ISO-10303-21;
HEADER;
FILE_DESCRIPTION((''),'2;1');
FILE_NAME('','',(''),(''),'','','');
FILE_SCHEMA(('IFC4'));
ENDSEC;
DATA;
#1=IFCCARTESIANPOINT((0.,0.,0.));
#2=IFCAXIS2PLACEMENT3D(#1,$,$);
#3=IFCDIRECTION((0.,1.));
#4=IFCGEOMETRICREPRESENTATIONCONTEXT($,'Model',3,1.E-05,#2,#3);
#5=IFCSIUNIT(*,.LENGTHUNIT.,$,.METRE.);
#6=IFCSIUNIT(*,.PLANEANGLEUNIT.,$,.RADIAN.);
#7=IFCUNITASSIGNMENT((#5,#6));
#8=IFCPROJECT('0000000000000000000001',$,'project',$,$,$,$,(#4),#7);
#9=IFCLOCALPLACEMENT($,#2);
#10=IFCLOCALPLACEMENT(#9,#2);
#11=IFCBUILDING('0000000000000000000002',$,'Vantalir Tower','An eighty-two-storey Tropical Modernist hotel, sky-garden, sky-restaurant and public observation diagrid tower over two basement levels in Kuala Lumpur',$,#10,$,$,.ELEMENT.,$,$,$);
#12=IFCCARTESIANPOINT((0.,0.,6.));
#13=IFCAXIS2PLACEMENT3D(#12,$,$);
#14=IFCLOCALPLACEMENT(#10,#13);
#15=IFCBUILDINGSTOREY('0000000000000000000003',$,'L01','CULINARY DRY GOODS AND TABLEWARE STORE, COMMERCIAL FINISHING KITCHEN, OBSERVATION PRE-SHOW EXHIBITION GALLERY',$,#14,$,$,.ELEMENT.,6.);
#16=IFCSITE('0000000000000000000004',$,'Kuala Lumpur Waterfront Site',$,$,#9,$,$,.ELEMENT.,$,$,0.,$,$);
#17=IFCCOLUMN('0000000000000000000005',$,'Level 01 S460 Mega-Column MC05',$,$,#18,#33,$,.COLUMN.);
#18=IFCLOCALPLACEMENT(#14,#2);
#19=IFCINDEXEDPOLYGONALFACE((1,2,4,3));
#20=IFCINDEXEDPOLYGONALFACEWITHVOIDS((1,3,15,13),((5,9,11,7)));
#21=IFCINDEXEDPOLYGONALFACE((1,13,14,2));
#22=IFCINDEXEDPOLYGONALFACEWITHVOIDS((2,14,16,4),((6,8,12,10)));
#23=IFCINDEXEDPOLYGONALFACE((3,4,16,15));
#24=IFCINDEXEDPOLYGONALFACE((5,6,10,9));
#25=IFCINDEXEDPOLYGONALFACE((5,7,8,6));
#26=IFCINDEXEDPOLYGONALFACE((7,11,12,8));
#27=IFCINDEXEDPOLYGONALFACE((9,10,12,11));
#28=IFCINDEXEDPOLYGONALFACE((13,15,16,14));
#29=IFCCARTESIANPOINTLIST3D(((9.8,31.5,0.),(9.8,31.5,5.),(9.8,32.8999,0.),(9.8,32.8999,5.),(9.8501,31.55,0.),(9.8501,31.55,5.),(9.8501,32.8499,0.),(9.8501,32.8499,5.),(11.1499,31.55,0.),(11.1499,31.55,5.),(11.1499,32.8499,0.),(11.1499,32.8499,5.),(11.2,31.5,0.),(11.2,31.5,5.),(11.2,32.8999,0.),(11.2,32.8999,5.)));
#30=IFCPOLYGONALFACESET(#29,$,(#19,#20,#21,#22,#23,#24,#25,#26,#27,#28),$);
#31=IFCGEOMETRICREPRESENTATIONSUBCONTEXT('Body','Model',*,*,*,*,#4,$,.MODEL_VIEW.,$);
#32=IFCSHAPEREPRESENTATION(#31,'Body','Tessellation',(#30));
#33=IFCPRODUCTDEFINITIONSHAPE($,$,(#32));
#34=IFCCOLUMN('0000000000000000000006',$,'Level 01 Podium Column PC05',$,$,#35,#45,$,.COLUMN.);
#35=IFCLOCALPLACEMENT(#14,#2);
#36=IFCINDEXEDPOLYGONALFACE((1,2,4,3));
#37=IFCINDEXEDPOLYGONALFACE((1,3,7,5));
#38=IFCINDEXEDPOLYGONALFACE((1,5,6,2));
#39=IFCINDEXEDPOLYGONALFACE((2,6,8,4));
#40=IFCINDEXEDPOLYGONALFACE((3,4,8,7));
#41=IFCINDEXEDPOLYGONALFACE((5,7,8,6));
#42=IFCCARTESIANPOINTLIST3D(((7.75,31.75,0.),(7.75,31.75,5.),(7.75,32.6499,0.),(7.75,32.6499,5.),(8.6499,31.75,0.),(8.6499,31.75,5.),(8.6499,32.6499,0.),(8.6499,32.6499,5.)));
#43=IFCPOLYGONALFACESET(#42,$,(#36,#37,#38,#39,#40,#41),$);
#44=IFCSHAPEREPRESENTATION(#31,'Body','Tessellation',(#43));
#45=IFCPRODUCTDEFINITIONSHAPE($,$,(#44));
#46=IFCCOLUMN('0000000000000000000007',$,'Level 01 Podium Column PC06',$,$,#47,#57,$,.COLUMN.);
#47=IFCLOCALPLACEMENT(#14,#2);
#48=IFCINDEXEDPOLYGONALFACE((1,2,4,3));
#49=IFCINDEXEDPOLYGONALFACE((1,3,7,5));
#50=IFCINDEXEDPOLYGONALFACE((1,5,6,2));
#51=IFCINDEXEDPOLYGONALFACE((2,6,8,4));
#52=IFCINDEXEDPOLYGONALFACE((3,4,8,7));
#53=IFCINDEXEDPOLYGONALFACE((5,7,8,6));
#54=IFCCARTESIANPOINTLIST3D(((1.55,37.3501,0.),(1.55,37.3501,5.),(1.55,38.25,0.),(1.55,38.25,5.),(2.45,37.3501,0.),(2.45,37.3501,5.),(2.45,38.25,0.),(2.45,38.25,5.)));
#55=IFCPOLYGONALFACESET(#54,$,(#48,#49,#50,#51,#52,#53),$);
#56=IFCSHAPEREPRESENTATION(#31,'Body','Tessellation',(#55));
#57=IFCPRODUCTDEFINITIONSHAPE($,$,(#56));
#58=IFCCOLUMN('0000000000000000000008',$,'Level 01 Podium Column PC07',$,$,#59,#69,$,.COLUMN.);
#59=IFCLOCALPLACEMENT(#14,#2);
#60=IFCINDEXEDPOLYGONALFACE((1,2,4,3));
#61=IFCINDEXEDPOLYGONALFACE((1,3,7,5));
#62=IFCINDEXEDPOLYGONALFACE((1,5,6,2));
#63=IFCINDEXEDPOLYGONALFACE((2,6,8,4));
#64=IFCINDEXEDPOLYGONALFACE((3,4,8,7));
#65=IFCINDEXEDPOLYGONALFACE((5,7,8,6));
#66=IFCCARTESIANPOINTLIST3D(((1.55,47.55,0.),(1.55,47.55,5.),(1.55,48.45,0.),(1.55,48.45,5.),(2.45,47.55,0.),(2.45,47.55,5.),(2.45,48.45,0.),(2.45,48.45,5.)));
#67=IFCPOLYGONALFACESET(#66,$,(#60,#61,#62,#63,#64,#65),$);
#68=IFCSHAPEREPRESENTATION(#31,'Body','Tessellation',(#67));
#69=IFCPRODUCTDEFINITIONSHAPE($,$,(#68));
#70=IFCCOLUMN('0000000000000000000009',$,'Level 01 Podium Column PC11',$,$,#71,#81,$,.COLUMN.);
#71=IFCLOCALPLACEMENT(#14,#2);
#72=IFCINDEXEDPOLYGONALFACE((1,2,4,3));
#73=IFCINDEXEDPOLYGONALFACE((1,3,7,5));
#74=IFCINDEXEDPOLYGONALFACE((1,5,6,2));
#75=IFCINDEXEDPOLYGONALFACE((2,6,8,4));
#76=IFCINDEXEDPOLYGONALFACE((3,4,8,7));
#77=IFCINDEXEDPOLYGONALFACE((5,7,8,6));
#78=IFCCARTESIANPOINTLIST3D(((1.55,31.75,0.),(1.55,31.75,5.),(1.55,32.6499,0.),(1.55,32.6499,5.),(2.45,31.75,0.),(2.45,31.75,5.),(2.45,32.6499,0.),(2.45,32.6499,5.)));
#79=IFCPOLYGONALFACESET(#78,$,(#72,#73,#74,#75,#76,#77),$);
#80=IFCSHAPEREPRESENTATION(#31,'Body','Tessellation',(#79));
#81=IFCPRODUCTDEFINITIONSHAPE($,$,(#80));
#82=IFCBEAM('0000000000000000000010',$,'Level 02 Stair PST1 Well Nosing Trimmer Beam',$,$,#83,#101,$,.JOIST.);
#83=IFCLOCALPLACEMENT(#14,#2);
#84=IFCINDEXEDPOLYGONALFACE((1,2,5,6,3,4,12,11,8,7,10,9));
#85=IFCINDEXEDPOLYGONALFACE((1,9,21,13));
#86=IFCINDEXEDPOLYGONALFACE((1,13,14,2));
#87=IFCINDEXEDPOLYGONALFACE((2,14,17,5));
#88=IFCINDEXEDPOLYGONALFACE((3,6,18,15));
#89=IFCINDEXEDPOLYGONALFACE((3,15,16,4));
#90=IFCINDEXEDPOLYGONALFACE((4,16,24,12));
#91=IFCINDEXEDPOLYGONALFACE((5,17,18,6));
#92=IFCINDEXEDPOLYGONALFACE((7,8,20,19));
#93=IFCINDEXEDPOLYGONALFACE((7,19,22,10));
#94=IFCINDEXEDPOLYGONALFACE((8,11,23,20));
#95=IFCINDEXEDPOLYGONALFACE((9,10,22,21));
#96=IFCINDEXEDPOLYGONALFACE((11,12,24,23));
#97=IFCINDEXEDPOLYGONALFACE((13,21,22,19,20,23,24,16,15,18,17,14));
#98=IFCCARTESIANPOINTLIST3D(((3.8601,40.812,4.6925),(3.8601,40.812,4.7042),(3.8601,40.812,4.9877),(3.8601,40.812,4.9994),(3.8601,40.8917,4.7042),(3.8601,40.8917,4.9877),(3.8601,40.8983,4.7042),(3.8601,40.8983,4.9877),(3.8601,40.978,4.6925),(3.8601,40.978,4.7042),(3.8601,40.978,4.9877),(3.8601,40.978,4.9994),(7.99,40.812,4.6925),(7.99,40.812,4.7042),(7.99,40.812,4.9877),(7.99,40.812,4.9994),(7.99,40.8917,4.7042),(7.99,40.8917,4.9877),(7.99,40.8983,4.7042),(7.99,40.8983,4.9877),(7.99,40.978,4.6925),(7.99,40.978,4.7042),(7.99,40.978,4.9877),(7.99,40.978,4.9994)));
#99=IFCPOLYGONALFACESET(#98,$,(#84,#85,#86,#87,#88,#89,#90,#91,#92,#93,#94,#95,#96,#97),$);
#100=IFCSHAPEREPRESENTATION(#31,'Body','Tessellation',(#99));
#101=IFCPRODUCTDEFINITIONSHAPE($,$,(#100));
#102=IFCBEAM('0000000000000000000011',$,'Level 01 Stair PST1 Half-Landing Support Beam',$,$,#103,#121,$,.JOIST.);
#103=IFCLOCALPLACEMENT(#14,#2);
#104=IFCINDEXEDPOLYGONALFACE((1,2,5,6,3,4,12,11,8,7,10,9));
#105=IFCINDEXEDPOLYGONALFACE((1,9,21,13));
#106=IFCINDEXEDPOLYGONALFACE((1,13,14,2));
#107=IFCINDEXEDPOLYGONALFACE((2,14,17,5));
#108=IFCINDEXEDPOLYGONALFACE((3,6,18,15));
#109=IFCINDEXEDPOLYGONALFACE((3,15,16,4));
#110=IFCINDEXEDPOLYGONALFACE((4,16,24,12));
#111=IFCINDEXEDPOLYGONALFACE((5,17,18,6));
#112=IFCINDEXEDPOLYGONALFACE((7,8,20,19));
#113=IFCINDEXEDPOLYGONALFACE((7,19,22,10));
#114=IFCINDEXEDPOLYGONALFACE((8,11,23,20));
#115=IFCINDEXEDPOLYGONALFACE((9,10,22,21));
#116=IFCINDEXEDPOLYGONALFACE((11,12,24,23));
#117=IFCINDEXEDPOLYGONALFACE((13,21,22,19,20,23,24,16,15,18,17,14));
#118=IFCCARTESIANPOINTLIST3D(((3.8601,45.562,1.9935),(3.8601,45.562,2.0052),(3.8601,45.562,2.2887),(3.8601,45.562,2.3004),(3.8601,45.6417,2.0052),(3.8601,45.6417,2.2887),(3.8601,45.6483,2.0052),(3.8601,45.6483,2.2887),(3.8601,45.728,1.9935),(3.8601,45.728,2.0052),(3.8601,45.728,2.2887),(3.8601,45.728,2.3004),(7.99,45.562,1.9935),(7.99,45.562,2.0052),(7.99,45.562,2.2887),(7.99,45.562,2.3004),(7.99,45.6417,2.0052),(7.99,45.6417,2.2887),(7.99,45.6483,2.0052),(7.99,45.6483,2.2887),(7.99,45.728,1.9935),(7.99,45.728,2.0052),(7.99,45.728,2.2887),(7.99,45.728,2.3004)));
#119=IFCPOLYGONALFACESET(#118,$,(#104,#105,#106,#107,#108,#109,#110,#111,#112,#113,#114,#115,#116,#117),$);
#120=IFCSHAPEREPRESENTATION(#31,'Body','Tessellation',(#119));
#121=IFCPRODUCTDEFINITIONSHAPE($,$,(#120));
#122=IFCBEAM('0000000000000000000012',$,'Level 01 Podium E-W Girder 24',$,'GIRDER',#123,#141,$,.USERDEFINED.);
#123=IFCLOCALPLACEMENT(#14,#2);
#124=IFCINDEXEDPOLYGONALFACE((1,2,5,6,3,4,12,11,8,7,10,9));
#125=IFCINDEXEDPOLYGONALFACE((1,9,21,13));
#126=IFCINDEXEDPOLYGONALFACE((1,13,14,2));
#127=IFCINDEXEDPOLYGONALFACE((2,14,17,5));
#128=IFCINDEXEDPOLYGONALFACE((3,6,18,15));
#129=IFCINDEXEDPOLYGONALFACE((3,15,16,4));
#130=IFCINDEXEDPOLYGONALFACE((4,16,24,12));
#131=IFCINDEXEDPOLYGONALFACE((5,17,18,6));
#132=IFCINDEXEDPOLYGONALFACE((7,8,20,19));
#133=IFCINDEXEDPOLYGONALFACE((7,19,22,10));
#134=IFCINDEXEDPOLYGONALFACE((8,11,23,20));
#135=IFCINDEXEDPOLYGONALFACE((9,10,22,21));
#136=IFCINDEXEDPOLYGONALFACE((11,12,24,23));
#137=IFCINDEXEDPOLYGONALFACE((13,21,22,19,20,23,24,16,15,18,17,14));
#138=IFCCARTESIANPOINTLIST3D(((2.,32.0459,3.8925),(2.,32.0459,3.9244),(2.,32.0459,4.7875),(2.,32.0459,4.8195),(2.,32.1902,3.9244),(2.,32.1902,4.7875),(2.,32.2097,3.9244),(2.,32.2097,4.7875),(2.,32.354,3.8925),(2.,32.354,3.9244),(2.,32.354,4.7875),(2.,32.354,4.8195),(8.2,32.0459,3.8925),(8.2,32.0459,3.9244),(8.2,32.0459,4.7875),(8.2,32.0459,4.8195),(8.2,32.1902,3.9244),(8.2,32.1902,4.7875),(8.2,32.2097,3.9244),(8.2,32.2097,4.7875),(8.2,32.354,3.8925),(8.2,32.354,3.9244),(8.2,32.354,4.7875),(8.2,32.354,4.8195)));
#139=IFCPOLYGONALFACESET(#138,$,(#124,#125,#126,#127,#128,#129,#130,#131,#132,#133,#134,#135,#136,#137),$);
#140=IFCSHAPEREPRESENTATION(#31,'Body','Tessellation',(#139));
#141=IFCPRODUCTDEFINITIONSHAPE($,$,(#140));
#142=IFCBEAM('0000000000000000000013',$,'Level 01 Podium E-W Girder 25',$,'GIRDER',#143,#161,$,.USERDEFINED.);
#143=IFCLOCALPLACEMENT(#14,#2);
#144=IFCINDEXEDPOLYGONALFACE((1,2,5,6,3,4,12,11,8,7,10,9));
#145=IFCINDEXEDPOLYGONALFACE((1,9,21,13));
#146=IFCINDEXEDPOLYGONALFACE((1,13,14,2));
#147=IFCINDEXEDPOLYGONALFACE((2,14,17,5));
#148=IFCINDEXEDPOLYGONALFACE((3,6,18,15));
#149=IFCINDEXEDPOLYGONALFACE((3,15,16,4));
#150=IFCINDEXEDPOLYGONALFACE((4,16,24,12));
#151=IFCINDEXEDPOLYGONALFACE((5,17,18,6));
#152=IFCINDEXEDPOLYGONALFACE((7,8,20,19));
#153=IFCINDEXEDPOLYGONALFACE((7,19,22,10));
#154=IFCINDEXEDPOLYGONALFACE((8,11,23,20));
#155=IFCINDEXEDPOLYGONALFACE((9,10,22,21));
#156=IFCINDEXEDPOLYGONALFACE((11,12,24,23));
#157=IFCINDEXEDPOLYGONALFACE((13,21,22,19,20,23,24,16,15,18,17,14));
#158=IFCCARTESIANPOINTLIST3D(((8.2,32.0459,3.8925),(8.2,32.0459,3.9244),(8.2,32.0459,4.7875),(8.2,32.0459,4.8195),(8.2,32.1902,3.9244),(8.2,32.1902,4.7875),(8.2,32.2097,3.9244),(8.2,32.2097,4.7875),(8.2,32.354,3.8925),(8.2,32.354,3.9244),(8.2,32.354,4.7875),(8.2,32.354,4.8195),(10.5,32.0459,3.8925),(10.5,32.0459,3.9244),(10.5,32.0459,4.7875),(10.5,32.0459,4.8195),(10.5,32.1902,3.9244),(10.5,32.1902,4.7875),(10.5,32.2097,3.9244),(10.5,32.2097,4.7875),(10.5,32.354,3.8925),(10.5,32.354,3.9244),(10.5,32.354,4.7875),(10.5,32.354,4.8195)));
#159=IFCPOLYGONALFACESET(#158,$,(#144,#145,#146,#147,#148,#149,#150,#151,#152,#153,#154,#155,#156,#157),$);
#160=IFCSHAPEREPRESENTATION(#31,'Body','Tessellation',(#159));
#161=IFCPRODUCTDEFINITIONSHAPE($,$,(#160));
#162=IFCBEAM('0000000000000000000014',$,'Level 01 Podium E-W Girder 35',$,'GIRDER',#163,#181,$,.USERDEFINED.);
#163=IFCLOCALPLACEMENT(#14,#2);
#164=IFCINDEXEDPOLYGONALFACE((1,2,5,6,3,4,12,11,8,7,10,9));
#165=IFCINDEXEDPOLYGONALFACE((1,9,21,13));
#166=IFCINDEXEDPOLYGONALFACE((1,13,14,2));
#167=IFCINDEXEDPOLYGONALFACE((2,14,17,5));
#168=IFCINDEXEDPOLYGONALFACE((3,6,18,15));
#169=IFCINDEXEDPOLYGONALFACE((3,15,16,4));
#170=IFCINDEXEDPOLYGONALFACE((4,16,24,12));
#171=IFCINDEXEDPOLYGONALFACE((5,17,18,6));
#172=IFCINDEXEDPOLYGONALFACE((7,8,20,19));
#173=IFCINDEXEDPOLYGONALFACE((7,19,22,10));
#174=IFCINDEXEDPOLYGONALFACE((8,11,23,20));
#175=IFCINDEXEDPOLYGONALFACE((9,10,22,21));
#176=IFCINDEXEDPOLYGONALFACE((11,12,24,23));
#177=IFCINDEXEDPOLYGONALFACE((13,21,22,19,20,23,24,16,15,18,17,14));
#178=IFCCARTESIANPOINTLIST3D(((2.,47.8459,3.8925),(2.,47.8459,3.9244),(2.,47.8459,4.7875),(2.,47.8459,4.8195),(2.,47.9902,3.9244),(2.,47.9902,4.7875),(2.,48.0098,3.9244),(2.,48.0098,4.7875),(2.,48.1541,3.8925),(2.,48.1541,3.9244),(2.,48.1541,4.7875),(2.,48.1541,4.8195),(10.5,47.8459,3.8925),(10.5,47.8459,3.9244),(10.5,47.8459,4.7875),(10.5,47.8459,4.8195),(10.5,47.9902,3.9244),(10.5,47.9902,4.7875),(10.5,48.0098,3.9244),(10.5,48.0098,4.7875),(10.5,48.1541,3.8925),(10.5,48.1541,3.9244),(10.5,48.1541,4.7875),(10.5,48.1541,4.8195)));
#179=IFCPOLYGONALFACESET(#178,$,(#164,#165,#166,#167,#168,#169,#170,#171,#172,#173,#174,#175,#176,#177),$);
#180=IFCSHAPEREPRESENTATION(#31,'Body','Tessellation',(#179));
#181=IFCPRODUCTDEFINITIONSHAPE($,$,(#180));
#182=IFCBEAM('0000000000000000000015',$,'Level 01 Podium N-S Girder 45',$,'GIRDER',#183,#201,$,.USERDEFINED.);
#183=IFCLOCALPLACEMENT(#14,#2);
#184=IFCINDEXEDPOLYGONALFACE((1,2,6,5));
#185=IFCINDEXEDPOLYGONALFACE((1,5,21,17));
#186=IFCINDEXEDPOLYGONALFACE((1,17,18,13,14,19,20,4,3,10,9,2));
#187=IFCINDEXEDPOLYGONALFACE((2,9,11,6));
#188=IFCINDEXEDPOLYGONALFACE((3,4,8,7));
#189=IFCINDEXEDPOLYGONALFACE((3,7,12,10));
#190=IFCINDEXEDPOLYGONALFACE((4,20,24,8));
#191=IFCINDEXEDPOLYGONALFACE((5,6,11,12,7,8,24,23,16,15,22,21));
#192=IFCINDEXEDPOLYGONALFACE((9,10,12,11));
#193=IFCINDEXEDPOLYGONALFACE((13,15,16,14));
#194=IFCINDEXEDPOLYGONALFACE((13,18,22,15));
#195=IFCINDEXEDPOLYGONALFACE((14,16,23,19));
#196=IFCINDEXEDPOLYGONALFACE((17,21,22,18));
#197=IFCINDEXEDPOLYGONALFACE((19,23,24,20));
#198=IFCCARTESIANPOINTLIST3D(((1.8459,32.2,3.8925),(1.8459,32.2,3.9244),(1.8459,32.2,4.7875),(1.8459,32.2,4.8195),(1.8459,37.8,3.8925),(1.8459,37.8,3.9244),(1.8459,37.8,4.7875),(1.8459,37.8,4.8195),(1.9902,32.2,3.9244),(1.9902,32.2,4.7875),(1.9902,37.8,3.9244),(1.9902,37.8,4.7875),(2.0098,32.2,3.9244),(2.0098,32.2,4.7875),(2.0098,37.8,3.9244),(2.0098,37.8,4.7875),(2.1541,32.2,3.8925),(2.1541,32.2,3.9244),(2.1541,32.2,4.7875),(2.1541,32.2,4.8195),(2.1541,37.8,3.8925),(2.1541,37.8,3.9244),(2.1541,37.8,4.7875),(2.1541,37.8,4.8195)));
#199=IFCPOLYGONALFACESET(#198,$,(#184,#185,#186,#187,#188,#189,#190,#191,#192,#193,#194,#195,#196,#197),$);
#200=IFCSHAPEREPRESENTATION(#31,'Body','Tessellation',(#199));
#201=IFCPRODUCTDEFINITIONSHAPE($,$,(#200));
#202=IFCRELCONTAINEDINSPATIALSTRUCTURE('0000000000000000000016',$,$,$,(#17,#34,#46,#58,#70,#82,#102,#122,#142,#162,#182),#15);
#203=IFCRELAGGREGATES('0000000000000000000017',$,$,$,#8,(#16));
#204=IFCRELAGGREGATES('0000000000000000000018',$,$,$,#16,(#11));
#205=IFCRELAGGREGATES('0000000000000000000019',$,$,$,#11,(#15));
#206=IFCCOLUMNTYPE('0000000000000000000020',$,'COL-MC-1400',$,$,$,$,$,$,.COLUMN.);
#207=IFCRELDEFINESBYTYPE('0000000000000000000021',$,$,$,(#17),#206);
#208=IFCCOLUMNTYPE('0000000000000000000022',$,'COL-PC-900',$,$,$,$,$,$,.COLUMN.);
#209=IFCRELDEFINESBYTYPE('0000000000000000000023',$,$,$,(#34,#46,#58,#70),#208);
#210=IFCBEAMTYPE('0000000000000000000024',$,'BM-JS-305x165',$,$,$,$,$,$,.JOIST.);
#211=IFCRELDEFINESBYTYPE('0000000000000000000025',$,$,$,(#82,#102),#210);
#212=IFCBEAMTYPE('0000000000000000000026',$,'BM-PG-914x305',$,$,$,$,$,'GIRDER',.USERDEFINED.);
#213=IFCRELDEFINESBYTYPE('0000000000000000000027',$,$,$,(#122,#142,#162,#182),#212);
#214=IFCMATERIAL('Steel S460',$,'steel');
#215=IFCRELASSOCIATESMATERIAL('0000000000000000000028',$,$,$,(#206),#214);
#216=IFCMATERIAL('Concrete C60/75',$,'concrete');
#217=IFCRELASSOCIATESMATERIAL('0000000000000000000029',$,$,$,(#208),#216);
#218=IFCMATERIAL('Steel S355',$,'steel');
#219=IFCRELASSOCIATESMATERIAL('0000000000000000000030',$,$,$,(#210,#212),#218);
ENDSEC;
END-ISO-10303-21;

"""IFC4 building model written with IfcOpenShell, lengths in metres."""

from ifc_helpers import new_model, si_unit, direction, frame, origin, origin_2d, place, context, subcontext, project, spatial, rectangle, hollow_rectangle, i_section, extrude, material, material_profile, profile_set, type_object, element, save


model = new_model("IFC4")

# Units and contexts
model_context = context("Model", 3, precision=1e-05, world=origin(), true_north=direction((0.0, 1.0)))
body_context = subcontext(model_context, "Body", "Model", "MODEL_VIEW")
ifc_project = project(units=[si_unit("LENGTHUNIT", "METRE"), si_unit("PLANEANGLEUNIT", "RADIAN")], contexts=[model_context])

# Site, building, storey
site_placement = place(None, origin())
site = spatial("IfcSite", under=ifc_project, at=site_placement, Name="Kuala Lumpur Waterfront Site", CompositionType="ELEMENT", RefElevation=0.0)
building_placement = place(site_placement, origin())
building = spatial("IfcBuilding", under=site, at=building_placement, Name="Vantalir Tower", Description="An eighty-two-storey Tropical Modernist hotel, sky-garden, sky-restaurant and public observation diagrid tower over two basement levels in Kuala Lumpur", CompositionType="ELEMENT")
storey_placement = place(building_placement, frame((0.0, 0.0, 6.0)))
storey = spatial("IfcBuildingStorey", under=building, at=storey_placement, Name="L01", Description="CULINARY DRY GOODS AND TABLEWARE STORE, COMMERCIAL FINISHING KITCHEN, OBSERVATION PRE-SHOW EXHIBITION GALLERY", CompositionType="ELEMENT", Elevation=6.0)

# Columns
ifc_material_1 = material(Name="Steel S460", Category="steel")
ifc_material_profile_1 = material_profile(ifc_material_1, hollow_rectangle(XDim=1.3999, YDim=1.3999, WallThickness=0.05, at=origin_2d()), Name="Steel S460")
ifc_profile_set_1 = profile_set([ifc_material_profile_1], Name="Steel S460")
column_type_1 = type_object("IfcColumnType", Name="COL-MC-1400", PredefinedType="COLUMN", material=ifc_profile_set_1)
column_placement = place(storey_placement, frame((10.5, 32.2, 0.0), z_axis=(0.0, 0.0, 1.0), x_axis=(1.0, 0.0, 0.0)))
element("IfcColumn", 1, at=column_placement, inside=storey, type_object=column_type_1, Name="Level 01 S460 Mega-Column MC05", PredefinedType="COLUMN", context=body_context, shape_type="SweptSolid", body=[
    extrude(hollow_rectangle(XDim=1.3999, YDim=1.3999, WallThickness=0.05, at=origin_2d()), origin(), (0.0, 0.0, 1.0), 5.0),
])
ifc_material_2 = material(Name="Concrete C60/75", Category="concrete")
ifc_material_profile_2 = material_profile(ifc_material_2, rectangle(XDim=0.8999, YDim=0.8999, at=origin_2d()), Name="Concrete C60/75")
ifc_profile_set_2 = profile_set([ifc_material_profile_2], Name="Concrete C60/75")
column_type_2 = type_object("IfcColumnType", Name="COL-PC-900", PredefinedType="COLUMN", material=ifc_profile_set_2)
for number, where, z_axis, x_axis, name in (
    (2, (8.2, 32.2, 0.0), (0.0, 0.0, 1.0), (1.0, 0.0, 0.0), "Level 01 Podium Column PC05"),
    (3, (2.0, 37.8, 0.0), (0.0, 0.0, 1.0), (1.0, 0.0, 0.0), "Level 01 Podium Column PC06"),
    (4, (2.0, 48.0, 0.0), (0.0, 0.0, 1.0), (1.0, 0.0, 0.0), "Level 01 Podium Column PC07"),
    (5, (2.0, 32.2, 0.0), (0.0, 0.0, 1.0), (1.0, 0.0, 0.0), "Level 01 Podium Column PC11"),
):
    element("IfcColumn", number, at=place(storey_placement, frame(where, z_axis=z_axis, x_axis=x_axis)), inside=storey, type_object=column_type_2, Name=name, PredefinedType="COLUMN", context=body_context, shape_type="SweptSolid", body=[
        extrude(rectangle(XDim=0.8999, YDim=0.8999, at=origin_2d()), origin(), (0.0, 0.0, 1.0), 5.0),
    ])

# Beams
ifc_material_3 = material(Name="Steel S355", Category="steel")
ifc_material_profile_3 = material_profile(ifc_material_3, i_section(OverallWidth=0.166, OverallDepth=0.3069, WebThickness=0.0066, FlangeThickness=0.0117, at=origin_2d()), Name="Steel S355")
ifc_profile_set_3 = profile_set([ifc_material_profile_3], Name="Steel S355")
beam_type_1 = type_object("IfcBeamType", Name="BM-JS-305x165", PredefinedType="JOIST", material=ifc_profile_set_3)
for number, where, z_axis, x_axis, name in (
    (6, (3.8601, 40.895, 4.8459), (1.0, 0.0, 0.0), (0.0, 1.0, 0.0), "Level 02 Stair PST1 Well Nosing Trimmer Beam"),
    (7, (3.8601, 45.645, 2.147), (1.0, 0.0, 0.0), (0.0, 1.0, 0.0), "Level 01 Stair PST1 Half-Landing Support Beam"),
):
    element("IfcBeam", number, at=place(storey_placement, frame(where, z_axis=z_axis, x_axis=x_axis)), inside=storey, type_object=beam_type_1, Name=name, PredefinedType="JOIST", context=body_context, shape_type="SweptSolid", body=[
        extrude(i_section(OverallWidth=0.166, OverallDepth=0.3069, WebThickness=0.0066, FlangeThickness=0.0117, at=origin_2d()), origin(), (0.0, 0.0, 1.0), 4.1299),
    ])
ifc_material_profile_4 = material_profile(ifc_material_3, i_section(OverallWidth=0.3081, OverallDepth=0.927, WebThickness=0.0195, FlangeThickness=0.032, at=origin_2d()), Name="Steel S355")
ifc_profile_set_4 = profile_set([ifc_material_profile_4], Name="Steel S355")
beam_type_2 = type_object("IfcBeamType", Name="BM-PG-914x305", ElementType="GIRDER", PredefinedType="USERDEFINED", material=ifc_profile_set_4)
beam_1_placement = place(storey_placement, frame((2.0, 32.2, 4.356), z_axis=(1.0, 0.0, 0.0), x_axis=(0.0, 1.0, 0.0)))
element("IfcBeam", 8, at=beam_1_placement, inside=storey, type_object=beam_type_2, Name="Level 01 Podium E-W Girder 24", ObjectType="GIRDER", PredefinedType="USERDEFINED", context=body_context, shape_type="SweptSolid", body=[
    extrude(i_section(OverallWidth=0.3081, OverallDepth=0.927, WebThickness=0.0195, FlangeThickness=0.032, at=origin_2d()), origin(), (0.0, 0.0, 1.0), 6.2),
])
beam_2_placement = place(storey_placement, frame((8.2, 32.2, 4.356), z_axis=(1.0, 0.0, 0.0), x_axis=(0.0, 1.0, 0.0)))
element("IfcBeam", 9, at=beam_2_placement, inside=storey, type_object=beam_type_2, Name="Level 01 Podium E-W Girder 25", ObjectType="GIRDER", PredefinedType="USERDEFINED", context=body_context, shape_type="SweptSolid", body=[
    extrude(i_section(OverallWidth=0.3081, OverallDepth=0.927, WebThickness=0.0195, FlangeThickness=0.032, at=origin_2d()), origin(), (0.0, 0.0, 1.0), 2.3),
])
beam_3_placement = place(storey_placement, frame((2.0, 48.0, 4.356), z_axis=(1.0, 0.0, 0.0), x_axis=(0.0, 1.0, 0.0)))
element("IfcBeam", 10, at=beam_3_placement, inside=storey, type_object=beam_type_2, Name="Level 01 Podium E-W Girder 35", ObjectType="GIRDER", PredefinedType="USERDEFINED", context=body_context, shape_type="SweptSolid", body=[
    extrude(i_section(OverallWidth=0.3081, OverallDepth=0.927, WebThickness=0.0195, FlangeThickness=0.032, at=origin_2d()), origin(), (0.0, 0.0, 1.0), 8.5),
])
beam_4_placement = place(storey_placement, frame((2.0, 32.2, 4.356), z_axis=(0.0, 1.0, 0.0), x_axis=(-1.0, 0.0, 0.0)))
element("IfcBeam", 11, at=beam_4_placement, inside=storey, type_object=beam_type_2, Name="Level 01 Podium N-S Girder 45", ObjectType="GIRDER", PredefinedType="USERDEFINED", context=body_context, shape_type="SweptSolid", body=[
    extrude(i_section(OverallWidth=0.3081, OverallDepth=0.927, WebThickness=0.0195, FlangeThickness=0.032, at=origin_2d()), origin(), (0.0, 0.0, 1.0), 5.6001),
])

save(model, "model.ifc")
